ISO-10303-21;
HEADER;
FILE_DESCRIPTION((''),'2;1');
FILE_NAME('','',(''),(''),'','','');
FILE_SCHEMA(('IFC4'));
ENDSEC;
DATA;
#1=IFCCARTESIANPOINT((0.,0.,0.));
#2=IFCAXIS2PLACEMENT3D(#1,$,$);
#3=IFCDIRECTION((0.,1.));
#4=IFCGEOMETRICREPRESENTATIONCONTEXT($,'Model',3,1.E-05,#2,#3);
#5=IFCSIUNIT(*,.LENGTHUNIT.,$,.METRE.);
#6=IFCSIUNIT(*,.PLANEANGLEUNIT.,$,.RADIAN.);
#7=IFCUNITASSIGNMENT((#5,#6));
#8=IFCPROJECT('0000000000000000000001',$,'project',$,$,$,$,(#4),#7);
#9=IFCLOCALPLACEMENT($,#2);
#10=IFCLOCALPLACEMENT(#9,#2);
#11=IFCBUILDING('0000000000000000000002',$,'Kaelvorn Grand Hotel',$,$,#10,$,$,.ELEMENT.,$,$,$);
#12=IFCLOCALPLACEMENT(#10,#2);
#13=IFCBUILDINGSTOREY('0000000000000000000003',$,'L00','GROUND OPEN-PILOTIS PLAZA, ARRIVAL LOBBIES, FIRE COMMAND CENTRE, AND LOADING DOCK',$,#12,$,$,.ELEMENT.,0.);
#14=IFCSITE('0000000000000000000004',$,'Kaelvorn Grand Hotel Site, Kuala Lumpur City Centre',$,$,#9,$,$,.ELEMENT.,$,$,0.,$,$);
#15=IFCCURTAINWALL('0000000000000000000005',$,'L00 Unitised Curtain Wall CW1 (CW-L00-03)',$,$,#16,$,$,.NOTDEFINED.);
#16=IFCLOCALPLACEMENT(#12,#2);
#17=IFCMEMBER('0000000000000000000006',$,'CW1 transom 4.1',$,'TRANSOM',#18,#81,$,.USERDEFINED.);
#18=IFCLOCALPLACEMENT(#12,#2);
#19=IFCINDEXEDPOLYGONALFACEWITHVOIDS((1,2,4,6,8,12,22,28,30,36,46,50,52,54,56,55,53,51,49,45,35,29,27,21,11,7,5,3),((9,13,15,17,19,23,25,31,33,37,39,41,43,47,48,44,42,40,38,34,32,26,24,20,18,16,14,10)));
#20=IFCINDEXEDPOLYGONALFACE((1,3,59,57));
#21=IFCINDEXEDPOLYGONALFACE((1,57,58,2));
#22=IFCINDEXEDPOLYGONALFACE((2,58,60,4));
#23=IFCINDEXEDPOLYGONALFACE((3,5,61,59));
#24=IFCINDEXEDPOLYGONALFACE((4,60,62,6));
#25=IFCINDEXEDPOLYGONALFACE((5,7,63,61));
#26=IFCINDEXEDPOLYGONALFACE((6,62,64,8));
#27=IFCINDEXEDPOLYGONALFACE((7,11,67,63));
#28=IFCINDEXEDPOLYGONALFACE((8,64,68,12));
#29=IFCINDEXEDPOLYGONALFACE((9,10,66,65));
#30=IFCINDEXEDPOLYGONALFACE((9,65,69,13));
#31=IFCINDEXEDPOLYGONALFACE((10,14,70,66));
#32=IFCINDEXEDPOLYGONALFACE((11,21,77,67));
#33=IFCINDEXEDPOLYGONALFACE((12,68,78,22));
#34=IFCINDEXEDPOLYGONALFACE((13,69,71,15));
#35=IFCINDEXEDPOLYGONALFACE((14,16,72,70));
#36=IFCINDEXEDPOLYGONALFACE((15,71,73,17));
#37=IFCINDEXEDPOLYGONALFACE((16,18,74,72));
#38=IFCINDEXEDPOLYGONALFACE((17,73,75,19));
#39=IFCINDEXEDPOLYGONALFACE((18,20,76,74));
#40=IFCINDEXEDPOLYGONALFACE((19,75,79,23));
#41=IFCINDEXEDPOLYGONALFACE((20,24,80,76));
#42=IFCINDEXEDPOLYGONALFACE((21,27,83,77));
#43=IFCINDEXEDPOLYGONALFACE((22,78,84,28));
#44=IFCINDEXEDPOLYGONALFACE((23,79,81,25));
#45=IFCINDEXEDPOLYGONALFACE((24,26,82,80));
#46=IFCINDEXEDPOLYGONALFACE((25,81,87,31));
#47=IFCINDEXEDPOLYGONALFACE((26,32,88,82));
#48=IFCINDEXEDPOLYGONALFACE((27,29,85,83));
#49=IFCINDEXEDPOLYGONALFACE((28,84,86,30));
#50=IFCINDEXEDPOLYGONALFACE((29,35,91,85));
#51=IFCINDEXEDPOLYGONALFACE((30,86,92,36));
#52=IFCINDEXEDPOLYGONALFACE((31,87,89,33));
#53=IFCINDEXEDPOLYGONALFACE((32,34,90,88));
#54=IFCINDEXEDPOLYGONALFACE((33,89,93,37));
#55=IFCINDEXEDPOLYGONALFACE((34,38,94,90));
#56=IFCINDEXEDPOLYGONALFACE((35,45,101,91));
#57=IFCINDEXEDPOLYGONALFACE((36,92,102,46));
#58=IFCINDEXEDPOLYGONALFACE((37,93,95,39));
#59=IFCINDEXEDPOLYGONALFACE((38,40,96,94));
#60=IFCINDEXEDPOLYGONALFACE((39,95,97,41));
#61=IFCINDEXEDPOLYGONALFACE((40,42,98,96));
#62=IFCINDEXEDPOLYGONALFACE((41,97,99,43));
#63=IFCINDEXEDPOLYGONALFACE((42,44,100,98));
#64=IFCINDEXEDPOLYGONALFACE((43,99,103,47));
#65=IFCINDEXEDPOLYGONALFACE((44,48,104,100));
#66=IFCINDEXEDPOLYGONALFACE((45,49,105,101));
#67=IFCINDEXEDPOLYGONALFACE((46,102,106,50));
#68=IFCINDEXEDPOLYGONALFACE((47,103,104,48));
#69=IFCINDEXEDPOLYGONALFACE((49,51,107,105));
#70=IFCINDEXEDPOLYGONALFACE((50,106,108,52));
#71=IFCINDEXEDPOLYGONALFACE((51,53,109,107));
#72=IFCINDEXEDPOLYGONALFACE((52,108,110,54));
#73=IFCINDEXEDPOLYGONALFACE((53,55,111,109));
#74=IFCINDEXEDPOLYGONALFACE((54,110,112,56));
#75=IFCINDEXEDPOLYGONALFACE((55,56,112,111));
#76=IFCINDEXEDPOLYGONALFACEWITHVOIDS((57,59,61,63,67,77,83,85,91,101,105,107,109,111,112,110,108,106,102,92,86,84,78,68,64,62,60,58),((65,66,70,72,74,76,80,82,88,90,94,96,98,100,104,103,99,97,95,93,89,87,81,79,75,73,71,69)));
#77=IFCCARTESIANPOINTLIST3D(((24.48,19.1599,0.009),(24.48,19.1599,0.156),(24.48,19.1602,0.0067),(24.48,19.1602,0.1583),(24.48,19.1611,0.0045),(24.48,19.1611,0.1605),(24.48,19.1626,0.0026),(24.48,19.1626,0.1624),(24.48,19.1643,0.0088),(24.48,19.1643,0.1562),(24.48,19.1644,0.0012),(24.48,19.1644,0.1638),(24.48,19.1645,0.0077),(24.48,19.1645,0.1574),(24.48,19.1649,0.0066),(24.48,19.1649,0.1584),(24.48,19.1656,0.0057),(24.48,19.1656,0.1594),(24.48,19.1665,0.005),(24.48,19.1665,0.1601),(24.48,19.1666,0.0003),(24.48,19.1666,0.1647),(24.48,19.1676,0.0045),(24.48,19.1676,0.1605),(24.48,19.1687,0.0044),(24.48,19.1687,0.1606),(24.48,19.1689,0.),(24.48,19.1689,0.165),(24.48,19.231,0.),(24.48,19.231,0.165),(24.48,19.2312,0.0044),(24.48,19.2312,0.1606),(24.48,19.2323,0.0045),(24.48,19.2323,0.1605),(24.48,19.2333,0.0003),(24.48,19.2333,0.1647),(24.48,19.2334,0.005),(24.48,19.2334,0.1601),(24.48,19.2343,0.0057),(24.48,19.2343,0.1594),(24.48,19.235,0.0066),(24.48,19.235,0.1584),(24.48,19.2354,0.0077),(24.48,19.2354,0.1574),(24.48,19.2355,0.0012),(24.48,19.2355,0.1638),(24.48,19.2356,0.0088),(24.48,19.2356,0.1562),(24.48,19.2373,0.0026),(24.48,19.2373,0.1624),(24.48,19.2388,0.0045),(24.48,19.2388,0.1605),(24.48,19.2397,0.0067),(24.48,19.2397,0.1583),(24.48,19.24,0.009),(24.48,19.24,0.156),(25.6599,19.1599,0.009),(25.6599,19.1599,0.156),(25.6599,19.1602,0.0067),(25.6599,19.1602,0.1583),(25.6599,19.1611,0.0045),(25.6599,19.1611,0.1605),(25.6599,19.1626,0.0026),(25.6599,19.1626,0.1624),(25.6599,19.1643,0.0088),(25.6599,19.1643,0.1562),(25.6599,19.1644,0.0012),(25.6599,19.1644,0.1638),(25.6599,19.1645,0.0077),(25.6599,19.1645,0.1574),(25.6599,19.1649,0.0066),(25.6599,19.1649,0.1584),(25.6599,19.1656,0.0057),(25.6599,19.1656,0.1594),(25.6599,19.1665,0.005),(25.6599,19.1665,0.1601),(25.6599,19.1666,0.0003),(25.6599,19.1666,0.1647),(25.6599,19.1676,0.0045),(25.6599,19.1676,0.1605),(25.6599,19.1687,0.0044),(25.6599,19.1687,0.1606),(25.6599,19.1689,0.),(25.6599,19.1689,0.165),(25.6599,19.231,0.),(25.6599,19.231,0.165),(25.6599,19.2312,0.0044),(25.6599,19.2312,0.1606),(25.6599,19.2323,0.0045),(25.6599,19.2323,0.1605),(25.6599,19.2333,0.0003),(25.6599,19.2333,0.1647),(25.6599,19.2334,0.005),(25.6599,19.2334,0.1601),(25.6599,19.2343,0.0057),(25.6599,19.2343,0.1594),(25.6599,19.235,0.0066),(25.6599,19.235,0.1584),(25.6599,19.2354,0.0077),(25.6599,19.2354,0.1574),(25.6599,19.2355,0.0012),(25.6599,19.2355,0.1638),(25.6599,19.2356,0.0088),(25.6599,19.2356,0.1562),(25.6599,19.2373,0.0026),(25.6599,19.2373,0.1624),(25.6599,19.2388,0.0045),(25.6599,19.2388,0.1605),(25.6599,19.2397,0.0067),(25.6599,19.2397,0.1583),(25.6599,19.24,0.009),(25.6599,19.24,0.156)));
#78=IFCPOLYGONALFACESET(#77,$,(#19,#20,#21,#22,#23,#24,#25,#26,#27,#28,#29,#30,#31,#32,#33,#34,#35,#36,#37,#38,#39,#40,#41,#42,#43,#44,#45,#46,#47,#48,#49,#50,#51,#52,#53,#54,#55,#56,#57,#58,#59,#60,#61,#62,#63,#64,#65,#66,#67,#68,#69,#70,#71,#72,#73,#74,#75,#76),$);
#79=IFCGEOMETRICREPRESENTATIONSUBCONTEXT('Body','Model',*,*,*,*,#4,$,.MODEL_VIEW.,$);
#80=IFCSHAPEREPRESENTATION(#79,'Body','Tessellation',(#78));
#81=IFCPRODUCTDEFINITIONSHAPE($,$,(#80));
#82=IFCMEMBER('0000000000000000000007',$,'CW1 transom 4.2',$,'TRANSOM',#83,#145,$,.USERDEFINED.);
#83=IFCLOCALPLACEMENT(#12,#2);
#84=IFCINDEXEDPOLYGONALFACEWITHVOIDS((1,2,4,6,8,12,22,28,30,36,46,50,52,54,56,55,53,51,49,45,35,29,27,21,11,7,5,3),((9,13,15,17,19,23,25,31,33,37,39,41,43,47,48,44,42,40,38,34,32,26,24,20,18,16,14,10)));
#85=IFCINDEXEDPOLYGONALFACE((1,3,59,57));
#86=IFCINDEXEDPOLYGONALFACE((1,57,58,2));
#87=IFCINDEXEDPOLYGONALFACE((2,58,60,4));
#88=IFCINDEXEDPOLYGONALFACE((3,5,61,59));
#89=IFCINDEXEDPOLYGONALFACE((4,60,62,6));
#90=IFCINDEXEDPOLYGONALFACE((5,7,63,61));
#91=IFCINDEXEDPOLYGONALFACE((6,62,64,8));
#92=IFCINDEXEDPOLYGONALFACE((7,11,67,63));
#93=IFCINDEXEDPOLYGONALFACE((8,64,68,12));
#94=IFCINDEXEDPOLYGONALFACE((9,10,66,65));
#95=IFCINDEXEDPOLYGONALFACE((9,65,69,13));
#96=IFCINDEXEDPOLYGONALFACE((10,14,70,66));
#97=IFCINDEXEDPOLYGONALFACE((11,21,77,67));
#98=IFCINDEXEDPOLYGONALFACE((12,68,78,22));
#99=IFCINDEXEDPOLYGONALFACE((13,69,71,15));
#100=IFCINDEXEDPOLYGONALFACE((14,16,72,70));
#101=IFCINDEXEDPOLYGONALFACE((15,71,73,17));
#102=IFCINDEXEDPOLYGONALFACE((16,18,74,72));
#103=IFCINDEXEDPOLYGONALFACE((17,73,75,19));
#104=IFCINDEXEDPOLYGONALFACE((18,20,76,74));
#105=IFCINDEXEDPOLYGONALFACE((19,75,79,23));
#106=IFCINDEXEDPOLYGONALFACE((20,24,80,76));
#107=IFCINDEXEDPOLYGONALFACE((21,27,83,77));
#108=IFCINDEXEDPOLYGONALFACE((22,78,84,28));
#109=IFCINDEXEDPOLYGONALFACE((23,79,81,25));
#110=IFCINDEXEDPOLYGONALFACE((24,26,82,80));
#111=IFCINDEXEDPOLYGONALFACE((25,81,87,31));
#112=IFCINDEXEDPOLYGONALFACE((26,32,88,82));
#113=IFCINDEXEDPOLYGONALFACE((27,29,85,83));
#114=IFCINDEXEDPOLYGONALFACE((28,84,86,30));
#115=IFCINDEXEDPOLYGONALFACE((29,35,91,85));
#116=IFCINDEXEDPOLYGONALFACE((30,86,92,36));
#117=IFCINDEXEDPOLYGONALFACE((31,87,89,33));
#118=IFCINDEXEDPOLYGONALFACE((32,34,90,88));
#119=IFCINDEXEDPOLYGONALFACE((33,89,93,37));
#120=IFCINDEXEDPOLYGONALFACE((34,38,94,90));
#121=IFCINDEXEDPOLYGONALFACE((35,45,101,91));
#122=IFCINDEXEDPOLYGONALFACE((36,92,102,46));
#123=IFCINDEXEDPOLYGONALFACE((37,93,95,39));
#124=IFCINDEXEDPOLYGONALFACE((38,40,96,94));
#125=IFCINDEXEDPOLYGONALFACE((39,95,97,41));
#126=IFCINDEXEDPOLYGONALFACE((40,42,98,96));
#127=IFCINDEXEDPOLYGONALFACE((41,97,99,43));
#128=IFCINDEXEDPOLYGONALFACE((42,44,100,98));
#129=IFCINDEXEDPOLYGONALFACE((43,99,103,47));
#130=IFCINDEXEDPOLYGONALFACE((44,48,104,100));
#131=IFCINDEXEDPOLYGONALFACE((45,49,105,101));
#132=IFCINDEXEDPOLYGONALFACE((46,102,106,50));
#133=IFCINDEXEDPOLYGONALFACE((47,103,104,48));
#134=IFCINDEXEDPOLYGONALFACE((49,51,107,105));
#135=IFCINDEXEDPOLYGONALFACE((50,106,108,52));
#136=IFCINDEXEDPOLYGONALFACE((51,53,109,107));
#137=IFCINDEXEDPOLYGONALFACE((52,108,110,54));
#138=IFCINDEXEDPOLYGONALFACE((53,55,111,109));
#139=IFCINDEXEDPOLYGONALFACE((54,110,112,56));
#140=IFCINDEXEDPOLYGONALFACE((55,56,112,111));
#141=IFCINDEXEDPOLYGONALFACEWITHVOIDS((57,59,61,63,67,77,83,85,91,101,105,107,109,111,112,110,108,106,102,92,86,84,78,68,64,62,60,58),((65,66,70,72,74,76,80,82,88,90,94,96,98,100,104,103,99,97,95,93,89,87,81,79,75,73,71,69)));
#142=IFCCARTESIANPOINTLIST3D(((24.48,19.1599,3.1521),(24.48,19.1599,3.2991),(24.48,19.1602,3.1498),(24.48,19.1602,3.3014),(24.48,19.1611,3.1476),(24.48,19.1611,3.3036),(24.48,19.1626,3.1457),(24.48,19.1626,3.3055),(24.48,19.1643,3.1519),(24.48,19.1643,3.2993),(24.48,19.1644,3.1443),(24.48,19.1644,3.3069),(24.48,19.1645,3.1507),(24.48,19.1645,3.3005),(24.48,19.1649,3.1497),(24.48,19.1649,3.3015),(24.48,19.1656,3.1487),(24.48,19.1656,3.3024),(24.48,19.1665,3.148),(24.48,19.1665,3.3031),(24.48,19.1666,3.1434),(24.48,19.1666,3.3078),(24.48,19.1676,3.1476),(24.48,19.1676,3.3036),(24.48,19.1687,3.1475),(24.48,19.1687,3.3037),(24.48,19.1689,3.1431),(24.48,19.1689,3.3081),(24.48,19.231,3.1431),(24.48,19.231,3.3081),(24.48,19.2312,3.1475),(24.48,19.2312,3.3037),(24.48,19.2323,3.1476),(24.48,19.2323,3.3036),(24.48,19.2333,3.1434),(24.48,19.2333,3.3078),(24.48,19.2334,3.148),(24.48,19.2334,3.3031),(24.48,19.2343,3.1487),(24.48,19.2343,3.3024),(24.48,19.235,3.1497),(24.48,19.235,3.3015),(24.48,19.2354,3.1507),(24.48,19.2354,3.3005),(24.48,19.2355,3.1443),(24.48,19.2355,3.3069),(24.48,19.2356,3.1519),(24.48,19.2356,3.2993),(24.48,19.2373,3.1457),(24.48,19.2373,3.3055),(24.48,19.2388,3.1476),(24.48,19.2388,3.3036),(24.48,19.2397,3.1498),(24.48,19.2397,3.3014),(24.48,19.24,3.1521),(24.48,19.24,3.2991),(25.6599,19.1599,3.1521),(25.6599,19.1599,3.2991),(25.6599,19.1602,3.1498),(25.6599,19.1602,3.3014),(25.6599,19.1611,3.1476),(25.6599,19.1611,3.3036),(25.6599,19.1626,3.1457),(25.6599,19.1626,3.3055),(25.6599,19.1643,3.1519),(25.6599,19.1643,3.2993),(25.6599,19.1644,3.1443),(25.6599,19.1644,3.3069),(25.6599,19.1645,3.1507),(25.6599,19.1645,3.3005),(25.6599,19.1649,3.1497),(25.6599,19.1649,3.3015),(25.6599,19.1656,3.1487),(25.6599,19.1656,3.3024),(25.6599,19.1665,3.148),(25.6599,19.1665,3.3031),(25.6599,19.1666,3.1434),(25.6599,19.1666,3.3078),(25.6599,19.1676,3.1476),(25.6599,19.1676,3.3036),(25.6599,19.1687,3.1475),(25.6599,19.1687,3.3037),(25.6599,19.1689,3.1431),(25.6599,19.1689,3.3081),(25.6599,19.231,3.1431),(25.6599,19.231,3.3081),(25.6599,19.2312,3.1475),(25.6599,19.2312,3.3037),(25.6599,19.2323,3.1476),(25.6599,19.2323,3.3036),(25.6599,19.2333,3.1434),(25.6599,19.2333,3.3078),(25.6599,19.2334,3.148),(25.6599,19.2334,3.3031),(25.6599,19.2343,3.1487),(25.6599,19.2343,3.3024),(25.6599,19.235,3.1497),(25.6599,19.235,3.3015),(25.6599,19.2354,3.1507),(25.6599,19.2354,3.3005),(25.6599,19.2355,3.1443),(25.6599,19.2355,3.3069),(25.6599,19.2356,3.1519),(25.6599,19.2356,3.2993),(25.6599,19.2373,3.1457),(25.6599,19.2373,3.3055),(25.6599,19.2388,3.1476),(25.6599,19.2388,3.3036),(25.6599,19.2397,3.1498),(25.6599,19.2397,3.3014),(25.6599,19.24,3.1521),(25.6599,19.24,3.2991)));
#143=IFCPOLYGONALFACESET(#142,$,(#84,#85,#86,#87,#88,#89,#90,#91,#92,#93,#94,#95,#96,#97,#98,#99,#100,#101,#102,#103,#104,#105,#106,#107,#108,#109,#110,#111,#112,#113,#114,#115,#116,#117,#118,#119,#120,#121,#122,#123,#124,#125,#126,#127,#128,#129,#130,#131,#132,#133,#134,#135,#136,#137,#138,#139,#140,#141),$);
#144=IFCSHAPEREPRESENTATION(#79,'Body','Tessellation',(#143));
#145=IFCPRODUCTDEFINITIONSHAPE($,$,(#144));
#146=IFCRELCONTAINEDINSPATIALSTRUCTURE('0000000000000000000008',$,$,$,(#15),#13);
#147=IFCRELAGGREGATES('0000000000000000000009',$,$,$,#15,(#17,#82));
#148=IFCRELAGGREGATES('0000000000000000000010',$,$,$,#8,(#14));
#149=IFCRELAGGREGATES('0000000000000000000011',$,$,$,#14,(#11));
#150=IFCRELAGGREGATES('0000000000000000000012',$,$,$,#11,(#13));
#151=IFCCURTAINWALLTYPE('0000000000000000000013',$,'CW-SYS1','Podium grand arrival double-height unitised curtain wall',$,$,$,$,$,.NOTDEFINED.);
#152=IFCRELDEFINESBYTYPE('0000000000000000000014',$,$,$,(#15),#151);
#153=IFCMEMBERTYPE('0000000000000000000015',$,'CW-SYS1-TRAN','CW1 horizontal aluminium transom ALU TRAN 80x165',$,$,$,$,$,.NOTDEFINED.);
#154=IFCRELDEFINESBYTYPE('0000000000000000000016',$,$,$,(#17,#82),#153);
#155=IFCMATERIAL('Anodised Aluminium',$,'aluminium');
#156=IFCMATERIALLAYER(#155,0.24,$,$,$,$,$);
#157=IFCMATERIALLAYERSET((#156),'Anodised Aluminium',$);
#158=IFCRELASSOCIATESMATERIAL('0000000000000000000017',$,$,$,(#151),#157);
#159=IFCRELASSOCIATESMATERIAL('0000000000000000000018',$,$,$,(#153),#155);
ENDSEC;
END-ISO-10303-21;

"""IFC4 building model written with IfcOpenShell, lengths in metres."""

from ifc_helpers import new_model, si_unit, direction, frame, origin, origin_2d, place, context, subcontext, project, spatial, hollow_rectangle, extrude, material, layer, layer_set, material_profile, profile_set, type_object, element, aggregate, save


model = new_model("IFC4")

# Units and contexts
model_context = context("Model", 3, precision=1e-05, world=origin(), true_north=direction((0.0, 1.0)))
body_context = subcontext(model_context, "Body", "Model", "MODEL_VIEW")
ifc_project = project(units=[si_unit("LENGTHUNIT", "METRE"), si_unit("PLANEANGLEUNIT", "RADIAN")], contexts=[model_context])

# Site, building, storey
site_placement = place(None, origin())
site = spatial("IfcSite", under=ifc_project, at=site_placement, Name="Kaelvorn Grand Hotel Site, Kuala Lumpur City Centre", CompositionType="ELEMENT", RefElevation=0.0)
building_placement = place(site_placement, origin())
building = spatial("IfcBuilding", under=site, at=building_placement, Name="Kaelvorn Grand Hotel", CompositionType="ELEMENT")
storey_placement = place(building_placement, origin())
storey = spatial("IfcBuildingStorey", under=building, at=storey_placement, Name="L00", Description="GROUND OPEN-PILOTIS PLAZA, ARRIVAL LOBBIES, FIRE COMMAND CENTRE, AND LOADING DOCK", CompositionType="ELEMENT", Elevation=0.0)

# Curtain wall
ifc_material_1 = material(Name="Anodised Aluminium", Category="aluminium")
ifc_layer_1 = layer(ifc_material_1, 0.24)
ifc_layer_set_1 = layer_set([ifc_layer_1], Name="Anodised Aluminium")
curtain_wall_type = type_object("IfcCurtainWallType", Name="CW-SYS1", Description="Podium grand arrival double-height unitised curtain wall", PredefinedType="NOTDEFINED", material=ifc_layer_set_1)
curtain_wall_1_placement = place(storey_placement, origin())
curtain_wall_1 = element("IfcCurtainWall", 1, at=curtain_wall_1_placement, inside=storey, type_object=curtain_wall_type, Name="L00 Unitised Curtain Wall CW1 (CW-L00-03)", PredefinedType="NOTDEFINED")

# Members
ifc_material_profile_1 = material_profile(ifc_material_1, hollow_rectangle(XDim=0.0801, YDim=0.165, WallThickness=0.0044, InnerFilletRadius=0.0044, OuterFilletRadius=0.009, at=origin_2d()), Name="ALU TRAN 80x165")
ifc_profile_set_1 = profile_set([ifc_material_profile_1], Name="Anodised Aluminium")
member_type_1 = type_object("IfcMemberType", Name="CW-SYS1-TRAN", Description="CW1 horizontal aluminium transom ALU TRAN 80x165", PredefinedType="NOTDEFINED", material=ifc_profile_set_1)
member_1_placement = place(storey_placement, frame((25.6599, 19.2, 0.0825), z_axis=(-1.0, 0.0, 0.0), x_axis=(0.0, -1.0, 0.0)))
member_1 = element("IfcMember", 2, at=member_1_placement, type_object=member_type_1, Name="CW1 transom 4.1", ObjectType="TRANSOM", PredefinedType="USERDEFINED", context=body_context, shape_type="SweptSolid", body=[
    extrude(hollow_rectangle(XDim=0.0801, YDim=0.165, WallThickness=0.0044, InnerFilletRadius=0.0044, OuterFilletRadius=0.009, at=origin_2d()), origin(), (0.0, 0.0, 1.0), 1.1799),
])
member_2_placement = place(storey_placement, frame((25.6599, 19.2, 3.2256), z_axis=(-1.0, 0.0, 0.0), x_axis=(0.0, -1.0, 0.0)))
member_2 = element("IfcMember", 3, at=member_2_placement, type_object=member_type_1, Name="CW1 transom 4.2", ObjectType="TRANSOM", PredefinedType="USERDEFINED", context=body_context, shape_type="SweptSolid", body=[
    extrude(hollow_rectangle(XDim=0.0801, YDim=0.165, WallThickness=0.0044, InnerFilletRadius=0.0044, OuterFilletRadius=0.009, at=origin_2d()), origin(), (0.0, 0.0, 1.0), 1.1799),
])

aggregate(curtain_wall_1, [member_1, member_2])

save(model, "model.ifc")
